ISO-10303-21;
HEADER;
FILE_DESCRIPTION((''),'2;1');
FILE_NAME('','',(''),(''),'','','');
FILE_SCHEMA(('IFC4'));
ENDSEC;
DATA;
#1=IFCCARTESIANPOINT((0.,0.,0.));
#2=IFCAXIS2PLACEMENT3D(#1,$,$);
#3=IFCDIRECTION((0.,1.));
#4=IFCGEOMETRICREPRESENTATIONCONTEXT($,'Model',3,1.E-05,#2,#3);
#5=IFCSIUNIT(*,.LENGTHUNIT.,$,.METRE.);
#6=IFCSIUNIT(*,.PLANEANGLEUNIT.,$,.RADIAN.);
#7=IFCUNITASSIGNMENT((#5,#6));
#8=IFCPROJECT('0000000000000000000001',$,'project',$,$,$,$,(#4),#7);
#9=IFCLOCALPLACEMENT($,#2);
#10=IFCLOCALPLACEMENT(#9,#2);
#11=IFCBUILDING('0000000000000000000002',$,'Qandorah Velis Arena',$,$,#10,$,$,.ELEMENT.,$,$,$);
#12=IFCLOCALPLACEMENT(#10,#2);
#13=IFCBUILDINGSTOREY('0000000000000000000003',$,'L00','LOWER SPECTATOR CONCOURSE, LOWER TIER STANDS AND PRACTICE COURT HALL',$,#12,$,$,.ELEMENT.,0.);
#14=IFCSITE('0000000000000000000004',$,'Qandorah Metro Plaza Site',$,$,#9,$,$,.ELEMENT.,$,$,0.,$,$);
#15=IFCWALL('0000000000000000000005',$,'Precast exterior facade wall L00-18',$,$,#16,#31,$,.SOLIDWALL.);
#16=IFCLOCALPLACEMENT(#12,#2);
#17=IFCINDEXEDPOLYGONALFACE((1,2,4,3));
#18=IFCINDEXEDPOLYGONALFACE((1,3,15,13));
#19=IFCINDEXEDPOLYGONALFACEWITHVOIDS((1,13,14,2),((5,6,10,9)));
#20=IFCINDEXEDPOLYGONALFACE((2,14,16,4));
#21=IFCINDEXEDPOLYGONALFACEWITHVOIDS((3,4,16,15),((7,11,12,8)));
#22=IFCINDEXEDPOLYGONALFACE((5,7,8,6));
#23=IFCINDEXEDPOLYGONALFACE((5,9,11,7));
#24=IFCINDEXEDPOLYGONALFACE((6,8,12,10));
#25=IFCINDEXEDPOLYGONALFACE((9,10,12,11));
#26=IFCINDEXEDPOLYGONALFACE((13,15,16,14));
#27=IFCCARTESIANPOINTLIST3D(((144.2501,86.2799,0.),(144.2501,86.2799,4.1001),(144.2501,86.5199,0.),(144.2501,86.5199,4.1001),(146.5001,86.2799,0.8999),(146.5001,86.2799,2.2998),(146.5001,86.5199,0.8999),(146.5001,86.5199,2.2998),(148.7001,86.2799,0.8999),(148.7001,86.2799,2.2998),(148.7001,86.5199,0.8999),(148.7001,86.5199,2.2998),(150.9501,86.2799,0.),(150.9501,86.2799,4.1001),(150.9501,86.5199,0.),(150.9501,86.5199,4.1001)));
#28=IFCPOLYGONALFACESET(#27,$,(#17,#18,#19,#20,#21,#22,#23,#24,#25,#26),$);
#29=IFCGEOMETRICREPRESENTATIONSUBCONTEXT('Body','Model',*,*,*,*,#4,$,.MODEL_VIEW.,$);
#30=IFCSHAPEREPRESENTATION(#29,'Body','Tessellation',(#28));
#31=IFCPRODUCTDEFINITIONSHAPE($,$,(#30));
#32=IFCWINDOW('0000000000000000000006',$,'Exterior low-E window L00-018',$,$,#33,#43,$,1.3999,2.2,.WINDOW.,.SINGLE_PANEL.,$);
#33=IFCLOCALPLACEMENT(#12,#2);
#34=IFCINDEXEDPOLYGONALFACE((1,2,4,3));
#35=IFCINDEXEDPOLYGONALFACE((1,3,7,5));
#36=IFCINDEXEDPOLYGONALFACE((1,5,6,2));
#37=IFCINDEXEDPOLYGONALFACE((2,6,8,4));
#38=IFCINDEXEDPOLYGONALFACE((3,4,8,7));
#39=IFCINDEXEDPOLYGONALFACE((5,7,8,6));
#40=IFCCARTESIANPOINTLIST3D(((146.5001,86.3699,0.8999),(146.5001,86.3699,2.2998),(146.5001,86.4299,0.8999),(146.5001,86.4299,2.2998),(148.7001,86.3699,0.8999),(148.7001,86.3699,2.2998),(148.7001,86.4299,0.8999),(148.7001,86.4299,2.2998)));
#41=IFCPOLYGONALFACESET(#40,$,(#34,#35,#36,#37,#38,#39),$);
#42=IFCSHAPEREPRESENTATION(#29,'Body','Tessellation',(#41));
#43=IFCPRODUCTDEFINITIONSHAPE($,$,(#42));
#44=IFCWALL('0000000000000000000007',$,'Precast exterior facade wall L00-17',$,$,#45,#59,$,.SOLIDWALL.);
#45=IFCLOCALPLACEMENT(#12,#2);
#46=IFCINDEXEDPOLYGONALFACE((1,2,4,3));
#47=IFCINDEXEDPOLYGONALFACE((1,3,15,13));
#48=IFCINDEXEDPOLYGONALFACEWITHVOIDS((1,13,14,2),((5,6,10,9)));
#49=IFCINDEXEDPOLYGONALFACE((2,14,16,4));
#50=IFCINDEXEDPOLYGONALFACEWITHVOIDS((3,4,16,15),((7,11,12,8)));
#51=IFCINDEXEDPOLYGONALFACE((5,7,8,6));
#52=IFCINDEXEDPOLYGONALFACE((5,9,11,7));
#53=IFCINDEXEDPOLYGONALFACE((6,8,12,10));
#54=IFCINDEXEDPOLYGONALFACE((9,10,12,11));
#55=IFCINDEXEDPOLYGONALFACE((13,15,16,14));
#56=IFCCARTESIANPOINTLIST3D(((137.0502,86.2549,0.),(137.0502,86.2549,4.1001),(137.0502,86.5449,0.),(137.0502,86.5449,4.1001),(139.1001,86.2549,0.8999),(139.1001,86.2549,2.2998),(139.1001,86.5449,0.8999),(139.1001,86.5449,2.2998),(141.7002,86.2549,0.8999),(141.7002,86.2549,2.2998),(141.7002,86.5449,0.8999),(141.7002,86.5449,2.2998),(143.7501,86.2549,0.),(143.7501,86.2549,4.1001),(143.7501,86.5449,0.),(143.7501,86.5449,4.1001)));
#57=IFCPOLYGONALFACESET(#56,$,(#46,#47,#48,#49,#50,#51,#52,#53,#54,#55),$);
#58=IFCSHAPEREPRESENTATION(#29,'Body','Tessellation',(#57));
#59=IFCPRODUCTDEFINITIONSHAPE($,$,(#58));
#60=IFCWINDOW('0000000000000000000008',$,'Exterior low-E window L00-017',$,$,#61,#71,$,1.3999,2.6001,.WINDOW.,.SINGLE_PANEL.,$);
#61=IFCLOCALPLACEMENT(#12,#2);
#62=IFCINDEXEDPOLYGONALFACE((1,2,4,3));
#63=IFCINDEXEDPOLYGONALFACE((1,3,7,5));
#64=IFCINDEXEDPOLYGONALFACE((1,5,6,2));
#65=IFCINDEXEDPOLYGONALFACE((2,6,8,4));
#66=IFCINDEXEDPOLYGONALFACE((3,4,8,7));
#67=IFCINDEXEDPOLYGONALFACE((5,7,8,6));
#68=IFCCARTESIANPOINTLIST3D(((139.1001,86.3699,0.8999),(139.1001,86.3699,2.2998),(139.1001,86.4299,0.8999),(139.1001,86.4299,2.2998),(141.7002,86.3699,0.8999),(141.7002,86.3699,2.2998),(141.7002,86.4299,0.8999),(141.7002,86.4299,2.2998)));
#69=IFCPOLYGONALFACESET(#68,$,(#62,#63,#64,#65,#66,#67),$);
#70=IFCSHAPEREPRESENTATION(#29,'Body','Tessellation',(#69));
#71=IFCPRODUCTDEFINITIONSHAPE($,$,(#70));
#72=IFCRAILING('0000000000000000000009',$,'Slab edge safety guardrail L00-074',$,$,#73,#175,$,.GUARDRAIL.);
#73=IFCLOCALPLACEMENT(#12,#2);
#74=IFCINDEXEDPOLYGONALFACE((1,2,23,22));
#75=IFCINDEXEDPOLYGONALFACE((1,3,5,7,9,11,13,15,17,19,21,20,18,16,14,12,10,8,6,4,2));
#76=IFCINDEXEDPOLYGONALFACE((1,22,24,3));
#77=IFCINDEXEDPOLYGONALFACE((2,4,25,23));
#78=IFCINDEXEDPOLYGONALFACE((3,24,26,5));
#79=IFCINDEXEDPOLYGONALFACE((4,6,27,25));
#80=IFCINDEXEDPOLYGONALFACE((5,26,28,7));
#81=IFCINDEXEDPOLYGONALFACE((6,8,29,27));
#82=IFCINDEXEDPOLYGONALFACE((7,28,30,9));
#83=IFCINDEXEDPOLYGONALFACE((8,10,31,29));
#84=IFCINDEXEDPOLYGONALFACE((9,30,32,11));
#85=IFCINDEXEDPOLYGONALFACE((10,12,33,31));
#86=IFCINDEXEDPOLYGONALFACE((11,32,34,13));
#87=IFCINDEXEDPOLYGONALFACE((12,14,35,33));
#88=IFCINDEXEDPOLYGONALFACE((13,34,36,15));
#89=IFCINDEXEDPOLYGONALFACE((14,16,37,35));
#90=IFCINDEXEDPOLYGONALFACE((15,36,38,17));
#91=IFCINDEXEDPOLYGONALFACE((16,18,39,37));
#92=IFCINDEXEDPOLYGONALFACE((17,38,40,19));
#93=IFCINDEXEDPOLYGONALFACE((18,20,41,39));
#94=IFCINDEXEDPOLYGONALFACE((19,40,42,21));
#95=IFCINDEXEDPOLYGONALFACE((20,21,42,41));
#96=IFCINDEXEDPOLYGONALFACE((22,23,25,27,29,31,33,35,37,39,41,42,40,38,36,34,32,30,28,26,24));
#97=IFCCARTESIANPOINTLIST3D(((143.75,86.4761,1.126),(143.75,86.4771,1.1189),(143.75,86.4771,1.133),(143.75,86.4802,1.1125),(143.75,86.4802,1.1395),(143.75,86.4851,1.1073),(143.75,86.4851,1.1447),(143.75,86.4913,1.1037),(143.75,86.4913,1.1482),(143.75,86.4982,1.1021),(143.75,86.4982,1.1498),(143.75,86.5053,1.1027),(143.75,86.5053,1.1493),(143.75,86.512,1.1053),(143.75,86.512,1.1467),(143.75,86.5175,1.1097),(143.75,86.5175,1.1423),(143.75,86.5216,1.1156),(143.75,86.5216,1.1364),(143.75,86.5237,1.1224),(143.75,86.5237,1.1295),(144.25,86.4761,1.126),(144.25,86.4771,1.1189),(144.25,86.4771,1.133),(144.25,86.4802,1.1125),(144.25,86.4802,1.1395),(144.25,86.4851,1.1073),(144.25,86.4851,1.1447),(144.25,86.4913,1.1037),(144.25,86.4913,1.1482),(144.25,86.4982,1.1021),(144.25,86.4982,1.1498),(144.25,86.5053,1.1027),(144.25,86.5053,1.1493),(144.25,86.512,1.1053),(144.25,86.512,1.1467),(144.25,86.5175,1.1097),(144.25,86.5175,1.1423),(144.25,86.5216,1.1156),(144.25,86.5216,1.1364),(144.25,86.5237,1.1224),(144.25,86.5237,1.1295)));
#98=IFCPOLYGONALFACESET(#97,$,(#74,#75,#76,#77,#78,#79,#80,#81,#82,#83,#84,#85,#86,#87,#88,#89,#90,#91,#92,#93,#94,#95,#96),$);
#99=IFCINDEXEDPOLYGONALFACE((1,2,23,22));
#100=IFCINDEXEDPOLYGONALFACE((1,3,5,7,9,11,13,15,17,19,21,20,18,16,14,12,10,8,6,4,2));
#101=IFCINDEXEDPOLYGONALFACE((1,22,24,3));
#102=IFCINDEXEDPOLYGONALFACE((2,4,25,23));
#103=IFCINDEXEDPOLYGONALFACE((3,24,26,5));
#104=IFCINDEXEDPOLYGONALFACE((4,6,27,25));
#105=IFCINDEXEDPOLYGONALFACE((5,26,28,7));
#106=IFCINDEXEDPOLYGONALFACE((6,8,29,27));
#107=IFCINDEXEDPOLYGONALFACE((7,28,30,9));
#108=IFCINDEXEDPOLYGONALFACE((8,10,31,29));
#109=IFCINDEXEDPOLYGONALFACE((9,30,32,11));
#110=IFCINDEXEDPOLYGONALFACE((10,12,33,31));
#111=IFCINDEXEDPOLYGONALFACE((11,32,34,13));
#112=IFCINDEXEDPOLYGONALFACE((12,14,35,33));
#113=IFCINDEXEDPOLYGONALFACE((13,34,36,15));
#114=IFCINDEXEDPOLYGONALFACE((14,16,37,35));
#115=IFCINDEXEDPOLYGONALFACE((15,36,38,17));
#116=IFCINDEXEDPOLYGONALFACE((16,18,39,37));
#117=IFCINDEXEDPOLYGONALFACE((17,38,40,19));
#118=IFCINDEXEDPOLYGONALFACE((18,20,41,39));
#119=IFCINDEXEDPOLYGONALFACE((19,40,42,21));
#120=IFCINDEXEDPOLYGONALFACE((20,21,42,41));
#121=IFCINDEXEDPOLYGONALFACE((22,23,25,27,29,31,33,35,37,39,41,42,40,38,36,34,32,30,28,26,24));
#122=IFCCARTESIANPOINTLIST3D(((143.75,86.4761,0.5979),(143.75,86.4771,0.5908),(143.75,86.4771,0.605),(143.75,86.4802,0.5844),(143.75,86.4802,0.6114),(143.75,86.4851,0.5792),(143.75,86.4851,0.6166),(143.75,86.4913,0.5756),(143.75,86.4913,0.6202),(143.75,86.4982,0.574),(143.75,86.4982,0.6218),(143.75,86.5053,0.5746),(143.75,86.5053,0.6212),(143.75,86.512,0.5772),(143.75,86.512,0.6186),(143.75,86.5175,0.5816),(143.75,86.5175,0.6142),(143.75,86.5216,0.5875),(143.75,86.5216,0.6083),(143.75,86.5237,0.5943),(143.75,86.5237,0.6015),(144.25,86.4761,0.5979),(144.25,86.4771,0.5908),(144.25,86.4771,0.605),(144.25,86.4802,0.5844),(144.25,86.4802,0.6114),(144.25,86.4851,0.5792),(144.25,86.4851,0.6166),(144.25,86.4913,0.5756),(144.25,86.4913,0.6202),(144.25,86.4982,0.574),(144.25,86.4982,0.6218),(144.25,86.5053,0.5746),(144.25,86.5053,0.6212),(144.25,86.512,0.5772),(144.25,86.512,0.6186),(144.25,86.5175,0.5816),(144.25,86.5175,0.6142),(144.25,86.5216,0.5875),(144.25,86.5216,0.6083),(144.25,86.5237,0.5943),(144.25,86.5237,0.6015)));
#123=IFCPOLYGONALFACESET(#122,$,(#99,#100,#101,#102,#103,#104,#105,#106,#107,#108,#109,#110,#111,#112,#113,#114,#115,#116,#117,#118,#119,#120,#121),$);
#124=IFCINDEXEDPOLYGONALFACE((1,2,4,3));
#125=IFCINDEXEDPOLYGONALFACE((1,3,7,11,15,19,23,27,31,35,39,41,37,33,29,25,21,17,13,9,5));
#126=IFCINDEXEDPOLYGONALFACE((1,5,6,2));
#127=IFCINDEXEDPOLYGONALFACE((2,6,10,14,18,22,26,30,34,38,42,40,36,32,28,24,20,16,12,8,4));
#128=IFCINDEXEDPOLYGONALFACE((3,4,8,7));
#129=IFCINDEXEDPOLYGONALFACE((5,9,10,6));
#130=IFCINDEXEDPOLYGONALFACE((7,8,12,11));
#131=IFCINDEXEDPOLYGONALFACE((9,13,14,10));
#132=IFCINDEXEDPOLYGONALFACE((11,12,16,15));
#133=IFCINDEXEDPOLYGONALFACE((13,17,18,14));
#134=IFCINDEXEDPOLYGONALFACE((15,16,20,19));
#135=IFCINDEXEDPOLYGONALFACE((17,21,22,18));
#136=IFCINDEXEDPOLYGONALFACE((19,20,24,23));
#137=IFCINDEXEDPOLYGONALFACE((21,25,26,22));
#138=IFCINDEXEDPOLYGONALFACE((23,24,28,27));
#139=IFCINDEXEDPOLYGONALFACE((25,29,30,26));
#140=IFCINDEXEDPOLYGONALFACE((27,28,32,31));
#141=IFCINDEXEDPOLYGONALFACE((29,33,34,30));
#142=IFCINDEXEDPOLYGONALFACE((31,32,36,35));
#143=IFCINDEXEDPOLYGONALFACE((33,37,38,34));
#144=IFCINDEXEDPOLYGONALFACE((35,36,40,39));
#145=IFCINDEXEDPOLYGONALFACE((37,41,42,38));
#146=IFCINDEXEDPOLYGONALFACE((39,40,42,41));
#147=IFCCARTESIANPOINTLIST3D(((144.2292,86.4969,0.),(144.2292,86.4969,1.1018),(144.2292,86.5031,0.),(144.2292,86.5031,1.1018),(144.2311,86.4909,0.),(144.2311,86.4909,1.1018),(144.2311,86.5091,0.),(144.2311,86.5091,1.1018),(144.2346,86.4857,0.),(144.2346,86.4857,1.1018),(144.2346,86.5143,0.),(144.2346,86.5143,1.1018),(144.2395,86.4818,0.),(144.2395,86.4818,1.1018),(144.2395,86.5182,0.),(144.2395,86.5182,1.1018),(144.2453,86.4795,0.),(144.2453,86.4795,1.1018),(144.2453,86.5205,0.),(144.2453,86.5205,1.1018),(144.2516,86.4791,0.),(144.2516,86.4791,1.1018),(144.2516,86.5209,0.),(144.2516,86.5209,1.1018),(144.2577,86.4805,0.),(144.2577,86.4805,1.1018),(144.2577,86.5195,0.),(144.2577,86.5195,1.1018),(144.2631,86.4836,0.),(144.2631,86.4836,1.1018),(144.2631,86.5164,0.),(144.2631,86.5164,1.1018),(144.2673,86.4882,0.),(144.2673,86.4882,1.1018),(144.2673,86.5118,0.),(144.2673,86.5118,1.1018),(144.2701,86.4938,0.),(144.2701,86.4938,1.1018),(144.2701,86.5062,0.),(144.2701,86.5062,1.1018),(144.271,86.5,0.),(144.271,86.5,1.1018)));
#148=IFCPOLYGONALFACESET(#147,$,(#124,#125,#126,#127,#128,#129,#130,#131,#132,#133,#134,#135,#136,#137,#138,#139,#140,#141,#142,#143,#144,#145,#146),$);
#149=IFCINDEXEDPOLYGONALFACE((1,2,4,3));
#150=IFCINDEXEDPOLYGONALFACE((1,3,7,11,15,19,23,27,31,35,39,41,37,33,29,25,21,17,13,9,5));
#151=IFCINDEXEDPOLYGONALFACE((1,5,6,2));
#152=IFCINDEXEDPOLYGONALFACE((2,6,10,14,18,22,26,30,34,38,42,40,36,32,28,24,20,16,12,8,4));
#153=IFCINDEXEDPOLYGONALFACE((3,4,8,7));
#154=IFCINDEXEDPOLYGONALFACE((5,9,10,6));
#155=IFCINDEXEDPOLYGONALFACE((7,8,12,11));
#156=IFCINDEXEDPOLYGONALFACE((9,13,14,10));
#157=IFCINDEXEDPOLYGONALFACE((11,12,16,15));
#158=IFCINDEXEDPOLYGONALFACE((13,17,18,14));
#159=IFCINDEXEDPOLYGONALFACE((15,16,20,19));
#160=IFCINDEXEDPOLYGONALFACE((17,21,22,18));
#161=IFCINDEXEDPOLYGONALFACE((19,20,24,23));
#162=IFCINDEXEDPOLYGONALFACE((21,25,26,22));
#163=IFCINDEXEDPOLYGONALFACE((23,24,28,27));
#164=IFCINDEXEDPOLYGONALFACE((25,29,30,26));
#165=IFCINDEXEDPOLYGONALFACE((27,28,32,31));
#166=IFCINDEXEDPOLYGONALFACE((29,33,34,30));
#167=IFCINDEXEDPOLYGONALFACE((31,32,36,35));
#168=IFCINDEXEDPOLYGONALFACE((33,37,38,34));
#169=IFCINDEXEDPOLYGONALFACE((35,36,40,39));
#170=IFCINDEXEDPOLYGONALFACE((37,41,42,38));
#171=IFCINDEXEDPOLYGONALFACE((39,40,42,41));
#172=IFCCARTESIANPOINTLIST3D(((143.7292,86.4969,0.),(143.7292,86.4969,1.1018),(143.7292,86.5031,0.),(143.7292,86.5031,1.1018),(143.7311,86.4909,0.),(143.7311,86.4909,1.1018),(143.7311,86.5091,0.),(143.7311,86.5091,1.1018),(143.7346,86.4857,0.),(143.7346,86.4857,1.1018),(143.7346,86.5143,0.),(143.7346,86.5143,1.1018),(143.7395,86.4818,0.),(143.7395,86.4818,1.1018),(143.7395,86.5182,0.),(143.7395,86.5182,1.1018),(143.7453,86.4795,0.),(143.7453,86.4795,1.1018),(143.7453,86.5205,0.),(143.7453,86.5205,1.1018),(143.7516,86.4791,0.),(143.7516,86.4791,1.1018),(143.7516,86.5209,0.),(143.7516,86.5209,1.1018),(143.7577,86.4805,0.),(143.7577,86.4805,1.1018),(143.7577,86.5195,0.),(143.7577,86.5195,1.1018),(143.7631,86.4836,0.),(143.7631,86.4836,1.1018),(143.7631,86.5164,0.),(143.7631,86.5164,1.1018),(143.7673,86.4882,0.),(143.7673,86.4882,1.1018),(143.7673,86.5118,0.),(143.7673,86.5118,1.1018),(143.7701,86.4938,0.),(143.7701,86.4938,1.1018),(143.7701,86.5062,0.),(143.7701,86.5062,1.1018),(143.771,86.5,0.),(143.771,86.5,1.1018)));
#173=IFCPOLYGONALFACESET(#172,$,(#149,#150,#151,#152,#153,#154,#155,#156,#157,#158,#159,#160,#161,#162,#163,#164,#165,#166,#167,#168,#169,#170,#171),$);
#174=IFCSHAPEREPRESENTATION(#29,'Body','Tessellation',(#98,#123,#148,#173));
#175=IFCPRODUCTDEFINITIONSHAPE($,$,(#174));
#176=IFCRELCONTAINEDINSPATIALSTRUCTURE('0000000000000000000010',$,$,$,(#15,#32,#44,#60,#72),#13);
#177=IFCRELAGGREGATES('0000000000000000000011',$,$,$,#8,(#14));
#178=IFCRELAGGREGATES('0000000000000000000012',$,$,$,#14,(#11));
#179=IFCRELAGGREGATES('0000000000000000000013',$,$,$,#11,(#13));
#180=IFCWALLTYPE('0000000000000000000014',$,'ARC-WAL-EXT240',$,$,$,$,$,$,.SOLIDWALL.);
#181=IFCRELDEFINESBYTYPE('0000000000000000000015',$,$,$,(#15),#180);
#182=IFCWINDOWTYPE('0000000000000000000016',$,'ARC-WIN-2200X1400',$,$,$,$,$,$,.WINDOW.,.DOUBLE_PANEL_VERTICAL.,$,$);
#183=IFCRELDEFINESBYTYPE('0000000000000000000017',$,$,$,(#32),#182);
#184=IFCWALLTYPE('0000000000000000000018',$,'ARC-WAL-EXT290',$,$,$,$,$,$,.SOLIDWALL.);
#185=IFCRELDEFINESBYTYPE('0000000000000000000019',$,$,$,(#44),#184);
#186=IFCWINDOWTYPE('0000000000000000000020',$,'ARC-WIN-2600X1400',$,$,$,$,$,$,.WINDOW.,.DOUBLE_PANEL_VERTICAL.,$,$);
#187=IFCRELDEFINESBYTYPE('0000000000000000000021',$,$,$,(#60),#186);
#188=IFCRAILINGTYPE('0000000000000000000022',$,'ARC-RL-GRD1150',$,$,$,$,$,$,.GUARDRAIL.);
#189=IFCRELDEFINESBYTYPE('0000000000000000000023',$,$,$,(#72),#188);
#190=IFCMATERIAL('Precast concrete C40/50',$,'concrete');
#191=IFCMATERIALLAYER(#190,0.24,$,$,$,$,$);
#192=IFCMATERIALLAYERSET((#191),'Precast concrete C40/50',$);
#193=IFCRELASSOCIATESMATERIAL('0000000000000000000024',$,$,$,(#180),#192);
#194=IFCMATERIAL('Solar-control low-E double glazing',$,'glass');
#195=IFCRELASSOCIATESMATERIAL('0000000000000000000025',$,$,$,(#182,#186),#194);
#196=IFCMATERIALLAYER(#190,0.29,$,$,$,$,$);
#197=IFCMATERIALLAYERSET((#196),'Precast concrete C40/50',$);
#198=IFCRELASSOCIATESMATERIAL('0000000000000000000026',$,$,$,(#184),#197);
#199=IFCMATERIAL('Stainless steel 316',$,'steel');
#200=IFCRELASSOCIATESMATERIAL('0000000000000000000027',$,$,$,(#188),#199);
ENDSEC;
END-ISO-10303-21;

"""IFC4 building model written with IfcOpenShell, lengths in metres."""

from ifc_helpers import new_model, si_unit, direction, frame, frame_2d, origin, origin_2d, place, context, subcontext, project, spatial, rectangle, circle, extrude, material, layer, layer_set, type_object, element, fill, save


model = new_model("IFC4")

# Units and contexts
model_context = context("Model", 3, precision=1e-05, world=origin(), true_north=direction((0.0, 1.0)))
body_context = subcontext(model_context, "Body", "Model", "MODEL_VIEW")
ifc_project = project(units=[si_unit("LENGTHUNIT", "METRE"), si_unit("PLANEANGLEUNIT", "RADIAN")], contexts=[model_context])

# Site, building, storey
site_placement = place(None, origin())
site = spatial("IfcSite", under=ifc_project, at=site_placement, Name="Qandorah Metro Plaza Site", CompositionType="ELEMENT", RefElevation=0.0)
building_placement = place(site_placement, origin())
building = spatial("IfcBuilding", under=site, at=building_placement, Name="Qandorah Velis Arena", CompositionType="ELEMENT")
storey_placement = place(building_placement, origin())
storey = spatial("IfcBuildingStorey", under=building, at=storey_placement, Name="L00", Description="LOWER SPECTATOR CONCOURSE, LOWER TIER STANDS AND PRACTICE COURT HALL", CompositionType="ELEMENT", Elevation=0.0)

# Shared definitions
ifc_material_1 = material(Name="Solar-control low-E double glazing", Category="glass")

# Walls, openings, windows
ifc_material_2 = material(Name="Precast concrete C40/50", Category="concrete")
ifc_layer_1 = layer(ifc_material_2, 0.24)
ifc_layer_set_1 = layer_set([ifc_layer_1], Name="Precast concrete C40/50")
wall_type_1 = type_object("IfcWallType", Name="ARC-WAL-EXT240", PredefinedType="SOLIDWALL", material=ifc_layer_set_1)
wall_1_placement = place(storey_placement, frame((144.25, 86.3999, 0.0), z_axis=(0.0, 0.0, 1.0), x_axis=(1.0, 0.0, 0.0)))
wall_1 = element("IfcWall", 1, at=wall_1_placement, inside=storey, type_object=wall_type_1, Name="Precast exterior facade wall L00-18", PredefinedType="SOLIDWALL", context=body_context, shape_type="SweptSolid", body=[
    extrude(rectangle(XDim=6.7, YDim=0.24, at=frame_2d((3.3501, 0.0))), origin(), (0.0, 0.0, 1.0), 4.1001),
])
opening_1_placement = place(wall_1_placement, frame((2.25, 0.0, 0.8999)))
opening_1 = element("IfcOpeningElement", 2, at=opening_1_placement, cuts=wall_1, PredefinedType="OPENING", context=body_context, shape_type="SweptSolid", body=[
    extrude(rectangle(XDim=2.2, YDim=1.3999, at=frame_2d((1.1001, 0.7))), frame((0.0, 0.1299, 0.0), z_axis=(0.0, -1.0, 0.0), x_axis=(1.0, 0.0, 0.0)), (0.0, 0.0, 1.0), 0.26),
])
window_type_1 = type_object("IfcWindowType", Name="ARC-WIN-2200X1400", PartitioningType="DOUBLE_PANEL_VERTICAL", PredefinedType="WINDOW", material=ifc_material_1)
window_1_placement = place(opening_1_placement, origin())
window_1 = element("IfcWindow", 3, at=window_1_placement, inside=storey, type_object=window_type_1, Name="Exterior low-E window L00-018", OverallHeight=1.3999, OverallWidth=2.2, PartitioningType="SINGLE_PANEL", PredefinedType="WINDOW", context=body_context, shape_type="SweptSolid", body=[
    extrude(rectangle(XDim=2.2, YDim=1.3999, at=frame_2d((1.1001, 0.7))), frame((0.0, 0.03, 0.0), z_axis=(0.0, -1.0, 0.0), x_axis=(1.0, 0.0, 0.0)), (0.0, 0.0, 1.0), 0.0601),
])
fill(opening_1, window_1)
ifc_layer_2 = layer(ifc_material_2, 0.29)
ifc_layer_set_2 = layer_set([ifc_layer_2], Name="Precast concrete C40/50")
wall_type_2 = type_object("IfcWallType", Name="ARC-WAL-EXT290", PredefinedType="SOLIDWALL", material=ifc_layer_set_2)
wall_2_placement = place(storey_placement, frame((137.05, 86.3999, 0.0), z_axis=(0.0, 0.0, 1.0), x_axis=(1.0, 0.0, 0.0)))
wall_2 = element("IfcWall", 4, at=wall_2_placement, inside=storey, type_object=wall_type_2, Name="Precast exterior facade wall L00-17", PredefinedType="SOLIDWALL", context=body_context, shape_type="SweptSolid", body=[
    extrude(rectangle(XDim=6.7, YDim=0.29, at=frame_2d((3.3501, 0.0))), origin(), (0.0, 0.0, 1.0), 4.1001),
])
opening_2_placement = place(wall_2_placement, frame((2.05, 0.0, 0.8999)))
opening_2 = element("IfcOpeningElement", 5, at=opening_2_placement, cuts=wall_2, PredefinedType="OPENING", context=body_context, shape_type="SweptSolid", body=[
    extrude(rectangle(XDim=2.6001, YDim=1.3999, at=frame_2d((1.3, 0.7))), frame((0.0, 0.155, 0.0), z_axis=(0.0, -1.0, 0.0), x_axis=(1.0, 0.0, 0.0)), (0.0, 0.0, 1.0), 0.3101),
])
window_type_2 = type_object("IfcWindowType", Name="ARC-WIN-2600X1400", PartitioningType="DOUBLE_PANEL_VERTICAL", PredefinedType="WINDOW", material=ifc_material_1)
window_2_placement = place(opening_2_placement, origin())
window_2 = element("IfcWindow", 6, at=window_2_placement, inside=storey, type_object=window_type_2, Name="Exterior low-E window L00-017", OverallHeight=1.3999, OverallWidth=2.6001, PartitioningType="SINGLE_PANEL", PredefinedType="WINDOW", context=body_context, shape_type="SweptSolid", body=[
    extrude(rectangle(XDim=2.6001, YDim=1.3999, at=frame_2d((1.3, 0.7))), frame((0.0, 0.03, 0.0), z_axis=(0.0, -1.0, 0.0), x_axis=(1.0, 0.0, 0.0)), (0.0, 0.0, 1.0), 0.0601),
])
fill(opening_2, window_2)

# Railing
ifc_material_3 = material(Name="Stainless steel 316", Category="steel")
railing_type = type_object("IfcRailingType", Name="ARC-RL-GRD1150", PredefinedType="GUARDRAIL", material=ifc_material_3)
for number, where, name in (
    (7, (144.25, 86.5, 0.0), "Slab edge safety guardrail L00-074"),
):
    element("IfcRailing", number, at=place(storey_placement, frame(where)), inside=storey, type_object=railing_type, Name=name, PredefinedType="GUARDRAIL", context=body_context, shape_type="SweptSolid", body=[
        extrude(circle(Radius=0.0239, at=origin_2d()), frame((0.0, 0.0, 1.126), z_axis=(-1.0, 0.0, 0.0), x_axis=(0.0, -1.0, 0.0)), (0.0, 0.0, 1.0), 0.5),
        extrude(circle(Radius=0.0239, at=origin_2d()), frame((0.0, 0.0, 0.5979), z_axis=(-1.0, 0.0, 0.0), x_axis=(0.0, -1.0, 0.0)), (0.0, 0.0, 1.0), 0.5),
        extrude(circle(Radius=0.021, at=origin_2d()), origin(), (0.0, 0.0, 1.0), 1.1018),
        extrude(circle(Radius=0.021, at=origin_2d()), frame((-0.5, 0.0, 0.0)), (0.0, 0.0, 1.0), 1.1018),
    ])

save(model, "model.ifc")
